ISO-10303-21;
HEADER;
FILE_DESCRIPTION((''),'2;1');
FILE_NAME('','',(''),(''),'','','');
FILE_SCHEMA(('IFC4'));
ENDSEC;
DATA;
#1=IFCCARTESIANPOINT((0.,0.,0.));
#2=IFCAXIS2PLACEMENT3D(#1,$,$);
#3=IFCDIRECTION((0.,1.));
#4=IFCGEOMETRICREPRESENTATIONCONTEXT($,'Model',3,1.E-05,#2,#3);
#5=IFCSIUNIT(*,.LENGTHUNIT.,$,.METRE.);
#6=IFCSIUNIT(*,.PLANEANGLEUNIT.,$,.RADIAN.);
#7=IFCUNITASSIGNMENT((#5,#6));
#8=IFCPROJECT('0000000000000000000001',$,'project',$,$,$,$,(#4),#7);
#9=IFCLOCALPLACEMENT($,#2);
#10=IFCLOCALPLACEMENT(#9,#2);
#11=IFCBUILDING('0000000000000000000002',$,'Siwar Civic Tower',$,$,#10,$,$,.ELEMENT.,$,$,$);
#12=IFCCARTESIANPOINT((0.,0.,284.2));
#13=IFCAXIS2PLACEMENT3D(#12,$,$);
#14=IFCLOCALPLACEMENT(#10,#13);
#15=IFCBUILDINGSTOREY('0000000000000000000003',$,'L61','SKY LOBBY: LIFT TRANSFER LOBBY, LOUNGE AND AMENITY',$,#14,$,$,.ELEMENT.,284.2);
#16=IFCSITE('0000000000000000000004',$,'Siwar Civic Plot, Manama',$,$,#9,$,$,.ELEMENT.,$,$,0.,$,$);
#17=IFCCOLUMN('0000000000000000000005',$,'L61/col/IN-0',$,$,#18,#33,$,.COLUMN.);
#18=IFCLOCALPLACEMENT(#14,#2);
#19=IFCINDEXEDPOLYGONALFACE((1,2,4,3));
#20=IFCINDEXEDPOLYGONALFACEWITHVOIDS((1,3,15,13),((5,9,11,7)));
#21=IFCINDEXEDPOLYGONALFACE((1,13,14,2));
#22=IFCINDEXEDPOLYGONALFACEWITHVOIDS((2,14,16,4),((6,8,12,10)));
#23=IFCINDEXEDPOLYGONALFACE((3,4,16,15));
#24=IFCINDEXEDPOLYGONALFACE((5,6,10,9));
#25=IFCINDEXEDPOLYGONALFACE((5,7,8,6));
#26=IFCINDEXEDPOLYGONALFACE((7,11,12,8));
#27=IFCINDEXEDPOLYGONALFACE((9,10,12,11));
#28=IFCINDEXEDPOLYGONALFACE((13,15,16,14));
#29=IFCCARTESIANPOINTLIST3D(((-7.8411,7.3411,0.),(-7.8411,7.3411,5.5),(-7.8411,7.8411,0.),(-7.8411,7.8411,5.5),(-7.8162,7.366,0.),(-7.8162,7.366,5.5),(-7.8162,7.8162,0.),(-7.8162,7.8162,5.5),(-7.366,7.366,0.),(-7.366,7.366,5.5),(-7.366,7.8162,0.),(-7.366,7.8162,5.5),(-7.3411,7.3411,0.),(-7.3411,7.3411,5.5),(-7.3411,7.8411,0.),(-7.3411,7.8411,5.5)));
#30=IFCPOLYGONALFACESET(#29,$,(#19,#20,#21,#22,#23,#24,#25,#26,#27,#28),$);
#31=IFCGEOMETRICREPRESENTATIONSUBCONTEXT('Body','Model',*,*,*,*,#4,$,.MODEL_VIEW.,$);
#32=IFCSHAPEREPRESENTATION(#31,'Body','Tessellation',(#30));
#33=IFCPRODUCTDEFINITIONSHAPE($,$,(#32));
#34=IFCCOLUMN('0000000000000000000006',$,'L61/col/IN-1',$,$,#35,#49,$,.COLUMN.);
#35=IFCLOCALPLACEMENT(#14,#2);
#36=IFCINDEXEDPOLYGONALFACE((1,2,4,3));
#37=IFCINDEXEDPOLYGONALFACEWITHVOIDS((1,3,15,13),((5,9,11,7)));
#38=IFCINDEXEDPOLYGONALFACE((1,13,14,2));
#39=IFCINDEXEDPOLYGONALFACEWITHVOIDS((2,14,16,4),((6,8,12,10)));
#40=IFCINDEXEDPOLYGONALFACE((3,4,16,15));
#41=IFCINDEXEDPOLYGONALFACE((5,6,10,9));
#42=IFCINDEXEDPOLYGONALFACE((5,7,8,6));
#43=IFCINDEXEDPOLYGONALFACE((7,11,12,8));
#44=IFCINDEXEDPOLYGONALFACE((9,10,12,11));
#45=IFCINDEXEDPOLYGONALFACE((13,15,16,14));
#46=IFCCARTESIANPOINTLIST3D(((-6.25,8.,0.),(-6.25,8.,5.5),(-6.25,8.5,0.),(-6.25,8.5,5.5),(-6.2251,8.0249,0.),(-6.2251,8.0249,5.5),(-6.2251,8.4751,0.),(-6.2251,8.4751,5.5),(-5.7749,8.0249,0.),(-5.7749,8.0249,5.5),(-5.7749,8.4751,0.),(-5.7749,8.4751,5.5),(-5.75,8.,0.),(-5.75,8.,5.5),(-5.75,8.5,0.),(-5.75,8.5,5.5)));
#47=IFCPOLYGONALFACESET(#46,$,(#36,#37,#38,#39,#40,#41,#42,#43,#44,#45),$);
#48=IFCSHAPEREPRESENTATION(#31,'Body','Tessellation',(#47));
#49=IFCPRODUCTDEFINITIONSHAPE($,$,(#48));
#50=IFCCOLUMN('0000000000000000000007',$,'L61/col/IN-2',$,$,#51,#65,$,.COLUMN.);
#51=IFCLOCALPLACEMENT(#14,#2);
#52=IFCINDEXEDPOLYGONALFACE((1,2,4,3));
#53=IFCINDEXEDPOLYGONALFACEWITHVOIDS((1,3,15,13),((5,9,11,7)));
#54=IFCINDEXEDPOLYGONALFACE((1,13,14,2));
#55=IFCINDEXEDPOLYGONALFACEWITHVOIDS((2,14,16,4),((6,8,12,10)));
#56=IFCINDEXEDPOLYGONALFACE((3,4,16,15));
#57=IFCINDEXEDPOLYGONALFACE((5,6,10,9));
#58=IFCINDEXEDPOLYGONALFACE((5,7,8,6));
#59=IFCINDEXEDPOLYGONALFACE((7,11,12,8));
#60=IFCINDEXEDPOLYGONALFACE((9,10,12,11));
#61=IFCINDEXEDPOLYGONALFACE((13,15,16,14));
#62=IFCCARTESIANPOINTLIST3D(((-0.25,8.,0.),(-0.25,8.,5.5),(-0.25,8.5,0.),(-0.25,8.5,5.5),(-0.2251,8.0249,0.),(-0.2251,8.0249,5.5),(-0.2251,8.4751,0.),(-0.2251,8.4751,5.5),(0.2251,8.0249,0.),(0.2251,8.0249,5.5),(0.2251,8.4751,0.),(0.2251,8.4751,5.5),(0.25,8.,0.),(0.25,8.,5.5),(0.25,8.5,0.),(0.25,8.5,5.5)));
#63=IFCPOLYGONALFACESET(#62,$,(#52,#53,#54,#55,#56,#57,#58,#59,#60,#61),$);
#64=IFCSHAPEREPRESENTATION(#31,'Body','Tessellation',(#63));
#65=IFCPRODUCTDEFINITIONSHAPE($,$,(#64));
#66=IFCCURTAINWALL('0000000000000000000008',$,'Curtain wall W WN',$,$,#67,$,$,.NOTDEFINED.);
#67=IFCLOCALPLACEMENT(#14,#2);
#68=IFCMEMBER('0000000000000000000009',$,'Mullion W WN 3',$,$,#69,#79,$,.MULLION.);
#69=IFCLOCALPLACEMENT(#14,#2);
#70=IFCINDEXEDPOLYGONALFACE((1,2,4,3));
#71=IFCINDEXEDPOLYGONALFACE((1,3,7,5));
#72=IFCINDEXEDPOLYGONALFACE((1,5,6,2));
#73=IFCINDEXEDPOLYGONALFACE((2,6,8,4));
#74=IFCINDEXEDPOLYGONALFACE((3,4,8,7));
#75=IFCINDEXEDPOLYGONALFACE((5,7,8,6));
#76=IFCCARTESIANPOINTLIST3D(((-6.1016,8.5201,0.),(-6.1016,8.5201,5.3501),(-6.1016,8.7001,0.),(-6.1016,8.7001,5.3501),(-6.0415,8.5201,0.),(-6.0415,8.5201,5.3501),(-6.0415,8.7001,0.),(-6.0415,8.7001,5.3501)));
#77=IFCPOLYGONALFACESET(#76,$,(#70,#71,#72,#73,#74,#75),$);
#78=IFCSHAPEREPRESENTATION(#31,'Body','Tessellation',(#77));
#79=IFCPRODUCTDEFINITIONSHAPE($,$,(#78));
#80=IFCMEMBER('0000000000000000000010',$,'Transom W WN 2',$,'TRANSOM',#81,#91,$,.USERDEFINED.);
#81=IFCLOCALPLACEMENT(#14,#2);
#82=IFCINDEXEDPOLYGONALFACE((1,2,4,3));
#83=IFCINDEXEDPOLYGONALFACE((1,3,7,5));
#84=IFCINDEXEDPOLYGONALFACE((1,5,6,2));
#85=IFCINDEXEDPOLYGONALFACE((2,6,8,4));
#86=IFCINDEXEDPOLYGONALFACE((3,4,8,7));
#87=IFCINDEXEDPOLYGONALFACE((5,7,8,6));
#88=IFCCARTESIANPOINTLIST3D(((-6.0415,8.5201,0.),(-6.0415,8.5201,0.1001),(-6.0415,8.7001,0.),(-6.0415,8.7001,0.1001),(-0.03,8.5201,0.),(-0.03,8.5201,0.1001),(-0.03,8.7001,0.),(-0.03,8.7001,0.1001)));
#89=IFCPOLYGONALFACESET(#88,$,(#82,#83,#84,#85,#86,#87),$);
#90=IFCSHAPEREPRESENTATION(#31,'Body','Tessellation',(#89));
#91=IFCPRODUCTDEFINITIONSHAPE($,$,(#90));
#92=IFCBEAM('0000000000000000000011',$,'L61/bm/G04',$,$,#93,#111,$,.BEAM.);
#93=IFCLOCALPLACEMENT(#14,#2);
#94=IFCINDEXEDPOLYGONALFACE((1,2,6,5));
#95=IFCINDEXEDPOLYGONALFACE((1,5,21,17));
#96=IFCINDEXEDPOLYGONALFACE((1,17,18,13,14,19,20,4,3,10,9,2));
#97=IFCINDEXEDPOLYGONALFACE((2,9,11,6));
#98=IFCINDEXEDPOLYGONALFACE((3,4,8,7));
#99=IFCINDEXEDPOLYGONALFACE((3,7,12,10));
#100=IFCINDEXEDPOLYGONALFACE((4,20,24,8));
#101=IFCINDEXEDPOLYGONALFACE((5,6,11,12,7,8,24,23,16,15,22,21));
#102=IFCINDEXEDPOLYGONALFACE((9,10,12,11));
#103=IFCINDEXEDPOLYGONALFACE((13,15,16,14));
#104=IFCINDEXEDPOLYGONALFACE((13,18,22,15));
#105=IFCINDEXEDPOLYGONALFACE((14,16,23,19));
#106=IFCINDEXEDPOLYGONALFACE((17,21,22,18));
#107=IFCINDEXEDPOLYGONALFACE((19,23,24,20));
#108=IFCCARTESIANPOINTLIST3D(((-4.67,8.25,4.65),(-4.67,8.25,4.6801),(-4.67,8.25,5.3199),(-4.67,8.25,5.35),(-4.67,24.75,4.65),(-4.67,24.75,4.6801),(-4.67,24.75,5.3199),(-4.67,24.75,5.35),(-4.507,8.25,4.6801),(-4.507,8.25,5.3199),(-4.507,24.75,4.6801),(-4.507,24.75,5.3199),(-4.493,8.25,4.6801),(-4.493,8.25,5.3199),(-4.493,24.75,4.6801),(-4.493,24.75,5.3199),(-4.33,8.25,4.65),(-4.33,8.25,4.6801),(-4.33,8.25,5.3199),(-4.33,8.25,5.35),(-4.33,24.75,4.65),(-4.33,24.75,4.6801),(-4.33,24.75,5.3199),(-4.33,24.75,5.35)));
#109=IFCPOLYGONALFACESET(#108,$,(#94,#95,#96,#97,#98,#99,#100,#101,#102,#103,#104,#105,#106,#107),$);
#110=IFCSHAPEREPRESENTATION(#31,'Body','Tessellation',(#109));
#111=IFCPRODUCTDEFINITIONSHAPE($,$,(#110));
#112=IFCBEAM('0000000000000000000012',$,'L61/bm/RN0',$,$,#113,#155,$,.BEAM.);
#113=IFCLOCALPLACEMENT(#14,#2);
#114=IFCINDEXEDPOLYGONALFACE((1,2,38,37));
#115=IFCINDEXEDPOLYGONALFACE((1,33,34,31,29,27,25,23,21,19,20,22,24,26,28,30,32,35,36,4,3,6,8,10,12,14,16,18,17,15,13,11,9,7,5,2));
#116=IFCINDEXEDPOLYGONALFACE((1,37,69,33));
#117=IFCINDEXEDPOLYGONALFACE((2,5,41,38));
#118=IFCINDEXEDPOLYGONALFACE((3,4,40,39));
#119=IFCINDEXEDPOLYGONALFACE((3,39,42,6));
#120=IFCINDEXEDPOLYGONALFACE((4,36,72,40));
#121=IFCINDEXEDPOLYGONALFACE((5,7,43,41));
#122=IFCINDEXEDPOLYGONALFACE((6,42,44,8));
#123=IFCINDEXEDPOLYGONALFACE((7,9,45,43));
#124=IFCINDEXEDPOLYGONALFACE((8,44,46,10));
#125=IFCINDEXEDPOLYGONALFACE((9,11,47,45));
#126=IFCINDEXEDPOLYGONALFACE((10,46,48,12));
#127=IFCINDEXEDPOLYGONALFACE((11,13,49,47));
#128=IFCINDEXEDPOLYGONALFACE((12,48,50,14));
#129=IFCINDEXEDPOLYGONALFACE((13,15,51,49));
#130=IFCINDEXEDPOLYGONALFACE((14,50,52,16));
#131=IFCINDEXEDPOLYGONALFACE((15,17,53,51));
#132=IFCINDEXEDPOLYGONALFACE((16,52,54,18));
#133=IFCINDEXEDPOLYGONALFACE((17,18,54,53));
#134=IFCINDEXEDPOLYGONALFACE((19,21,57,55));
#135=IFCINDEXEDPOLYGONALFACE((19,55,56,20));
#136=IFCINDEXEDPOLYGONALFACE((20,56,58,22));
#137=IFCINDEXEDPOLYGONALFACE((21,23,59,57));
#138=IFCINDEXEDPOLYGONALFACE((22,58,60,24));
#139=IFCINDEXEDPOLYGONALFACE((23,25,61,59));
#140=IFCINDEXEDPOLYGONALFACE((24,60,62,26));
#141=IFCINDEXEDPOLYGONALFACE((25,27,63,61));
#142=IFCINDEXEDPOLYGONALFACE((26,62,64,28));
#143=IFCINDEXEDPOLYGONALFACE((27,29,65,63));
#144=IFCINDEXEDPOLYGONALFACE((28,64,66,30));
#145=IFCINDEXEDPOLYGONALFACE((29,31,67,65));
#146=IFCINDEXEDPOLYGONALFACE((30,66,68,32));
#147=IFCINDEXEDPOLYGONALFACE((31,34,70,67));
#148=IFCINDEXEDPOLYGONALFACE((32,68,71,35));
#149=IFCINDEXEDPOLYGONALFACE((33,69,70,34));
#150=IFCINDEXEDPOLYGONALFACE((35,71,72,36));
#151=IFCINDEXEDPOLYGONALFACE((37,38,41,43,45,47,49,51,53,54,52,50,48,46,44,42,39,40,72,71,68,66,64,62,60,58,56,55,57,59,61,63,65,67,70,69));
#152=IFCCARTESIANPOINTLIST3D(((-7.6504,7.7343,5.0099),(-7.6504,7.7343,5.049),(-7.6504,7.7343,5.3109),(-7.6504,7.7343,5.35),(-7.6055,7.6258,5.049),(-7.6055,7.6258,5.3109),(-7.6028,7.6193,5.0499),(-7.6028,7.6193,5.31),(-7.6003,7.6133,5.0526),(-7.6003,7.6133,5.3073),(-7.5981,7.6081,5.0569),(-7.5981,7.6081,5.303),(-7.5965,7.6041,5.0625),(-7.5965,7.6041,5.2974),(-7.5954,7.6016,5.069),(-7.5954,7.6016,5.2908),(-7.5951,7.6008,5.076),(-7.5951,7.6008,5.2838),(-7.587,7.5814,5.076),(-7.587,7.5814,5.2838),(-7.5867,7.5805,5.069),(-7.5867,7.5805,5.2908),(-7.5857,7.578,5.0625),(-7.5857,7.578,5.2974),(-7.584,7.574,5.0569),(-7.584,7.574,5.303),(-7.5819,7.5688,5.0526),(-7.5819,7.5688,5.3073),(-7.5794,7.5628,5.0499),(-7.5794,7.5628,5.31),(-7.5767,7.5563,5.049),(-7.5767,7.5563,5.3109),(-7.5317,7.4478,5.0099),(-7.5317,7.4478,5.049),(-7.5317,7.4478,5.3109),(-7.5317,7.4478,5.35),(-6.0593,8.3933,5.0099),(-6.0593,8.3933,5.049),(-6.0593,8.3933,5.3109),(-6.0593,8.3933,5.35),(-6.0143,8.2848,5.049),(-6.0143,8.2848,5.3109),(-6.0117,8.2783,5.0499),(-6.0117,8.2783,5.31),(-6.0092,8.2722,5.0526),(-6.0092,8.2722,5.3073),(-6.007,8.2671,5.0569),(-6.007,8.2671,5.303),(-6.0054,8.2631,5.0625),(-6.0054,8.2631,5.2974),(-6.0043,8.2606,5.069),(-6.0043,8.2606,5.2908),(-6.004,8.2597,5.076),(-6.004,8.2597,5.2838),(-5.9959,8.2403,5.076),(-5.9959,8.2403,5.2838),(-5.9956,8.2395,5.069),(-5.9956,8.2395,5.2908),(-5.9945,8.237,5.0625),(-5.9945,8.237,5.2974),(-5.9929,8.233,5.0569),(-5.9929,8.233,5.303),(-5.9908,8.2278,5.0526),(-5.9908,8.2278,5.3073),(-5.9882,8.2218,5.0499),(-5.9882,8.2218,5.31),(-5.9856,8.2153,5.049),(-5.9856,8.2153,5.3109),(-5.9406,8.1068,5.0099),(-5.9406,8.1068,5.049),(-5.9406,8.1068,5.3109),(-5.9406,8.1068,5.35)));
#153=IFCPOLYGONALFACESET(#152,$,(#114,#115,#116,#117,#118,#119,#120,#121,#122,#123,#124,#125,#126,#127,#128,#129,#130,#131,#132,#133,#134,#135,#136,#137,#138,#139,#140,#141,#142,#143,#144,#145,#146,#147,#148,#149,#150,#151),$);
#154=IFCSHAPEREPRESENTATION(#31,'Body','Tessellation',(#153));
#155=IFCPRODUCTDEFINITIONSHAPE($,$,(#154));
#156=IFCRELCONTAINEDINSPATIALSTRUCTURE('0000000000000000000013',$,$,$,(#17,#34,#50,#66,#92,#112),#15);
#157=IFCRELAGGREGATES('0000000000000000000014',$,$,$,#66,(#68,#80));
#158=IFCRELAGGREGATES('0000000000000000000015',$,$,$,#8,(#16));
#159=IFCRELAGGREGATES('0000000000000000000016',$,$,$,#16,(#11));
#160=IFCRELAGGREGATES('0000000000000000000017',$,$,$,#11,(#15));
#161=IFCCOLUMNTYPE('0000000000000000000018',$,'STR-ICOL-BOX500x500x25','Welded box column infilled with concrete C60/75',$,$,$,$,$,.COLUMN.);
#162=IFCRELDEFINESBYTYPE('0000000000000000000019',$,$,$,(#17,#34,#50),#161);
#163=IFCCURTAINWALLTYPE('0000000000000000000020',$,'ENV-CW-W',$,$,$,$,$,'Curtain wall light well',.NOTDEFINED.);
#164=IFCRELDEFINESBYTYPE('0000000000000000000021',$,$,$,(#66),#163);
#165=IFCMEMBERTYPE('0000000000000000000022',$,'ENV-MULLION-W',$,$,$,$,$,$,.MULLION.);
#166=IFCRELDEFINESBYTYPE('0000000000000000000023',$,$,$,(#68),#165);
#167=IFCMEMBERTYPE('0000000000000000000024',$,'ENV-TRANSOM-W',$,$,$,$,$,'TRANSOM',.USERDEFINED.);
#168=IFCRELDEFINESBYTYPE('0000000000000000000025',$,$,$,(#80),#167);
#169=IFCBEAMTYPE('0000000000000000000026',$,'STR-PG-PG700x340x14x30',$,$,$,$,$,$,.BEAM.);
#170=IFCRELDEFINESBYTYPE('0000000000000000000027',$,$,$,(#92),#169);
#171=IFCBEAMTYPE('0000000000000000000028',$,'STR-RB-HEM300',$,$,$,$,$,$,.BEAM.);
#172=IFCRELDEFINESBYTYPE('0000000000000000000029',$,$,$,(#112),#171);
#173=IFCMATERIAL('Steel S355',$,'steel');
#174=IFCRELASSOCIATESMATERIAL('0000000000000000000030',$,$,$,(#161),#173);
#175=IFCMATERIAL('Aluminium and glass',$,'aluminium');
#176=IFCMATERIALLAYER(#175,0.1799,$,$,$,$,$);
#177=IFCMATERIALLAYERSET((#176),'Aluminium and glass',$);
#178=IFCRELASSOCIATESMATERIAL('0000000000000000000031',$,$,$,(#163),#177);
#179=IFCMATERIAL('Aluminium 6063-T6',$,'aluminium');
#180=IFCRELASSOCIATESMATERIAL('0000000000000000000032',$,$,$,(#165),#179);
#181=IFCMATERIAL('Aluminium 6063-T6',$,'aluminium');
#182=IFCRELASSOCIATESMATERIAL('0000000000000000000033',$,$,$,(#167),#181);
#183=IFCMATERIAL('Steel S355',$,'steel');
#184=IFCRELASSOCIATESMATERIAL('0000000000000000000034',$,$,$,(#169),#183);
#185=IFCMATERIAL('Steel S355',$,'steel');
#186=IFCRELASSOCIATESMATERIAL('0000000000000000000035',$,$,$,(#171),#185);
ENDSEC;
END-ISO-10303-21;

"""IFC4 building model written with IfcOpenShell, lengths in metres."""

from ifc_helpers import new_model, si_unit, direction, frame, origin, origin_2d, place, context, subcontext, project, spatial, rectangle, hollow_rectangle, i_section, extrude, material, layer, layer_set, material_profile, profile_set, type_object, element, aggregate, save


model = new_model("IFC4")

# Units and contexts
model_context = context("Model", 3, precision=1e-05, world=origin(), true_north=direction((0.0, 1.0)))
body_context = subcontext(model_context, "Body", "Model", "MODEL_VIEW")
ifc_project = project(units=[si_unit("LENGTHUNIT", "METRE"), si_unit("PLANEANGLEUNIT", "RADIAN")], contexts=[model_context])

# Site, building, storey
site_placement = place(None, origin())
site = spatial("IfcSite", under=ifc_project, at=site_placement, Name="Siwar Civic Plot, Manama", CompositionType="ELEMENT", RefElevation=0.0)
building_placement = place(site_placement, origin())
building = spatial("IfcBuilding", under=site, at=building_placement, Name="Siwar Civic Tower", CompositionType="ELEMENT")
storey_placement = place(building_placement, frame((0.0, 0.0, 284.2)))
storey = spatial("IfcBuildingStorey", under=building, at=storey_placement, Name="L61", Description="SKY LOBBY: LIFT TRANSFER LOBBY, LOUNGE AND AMENITY", CompositionType="ELEMENT", Elevation=284.2)

# Columns
ifc_material_1 = material(Name="Steel S355", Category="steel")
ifc_material_profile_1 = material_profile(ifc_material_1, hollow_rectangle(XDim=0.5, YDim=0.5, WallThickness=0.0249, at=origin_2d()), Name="BOX500x500x25")
ifc_profile_set_1 = profile_set([ifc_material_profile_1], Name="Steel S355")
column_type = type_object("IfcColumnType", Name="STR-ICOL-BOX500x500x25", Description="Welded box column infilled with concrete C60/75", PredefinedType="COLUMN", material=ifc_profile_set_1)
for number, where, z_axis, x_axis, name in (
    (1, (-7.5911, 7.5911, 0.0), (0.0, 0.0, 1.0), (1.0, 0.0, 0.0), "L61/col/IN-0"),
    (2, (-6.0, 8.25, 0.0), (0.0, 0.0, 1.0), (1.0, 0.0, 0.0), "L61/col/IN-1"),
    (3, (0.0, 8.25, 0.0), (0.0, 0.0, 1.0), (1.0, 0.0, 0.0), "L61/col/IN-2"),
):
    element("IfcColumn", number, at=place(storey_placement, frame(where, z_axis=z_axis, x_axis=x_axis)), inside=storey, type_object=column_type, Name=name, PredefinedType="COLUMN", context=body_context, shape_type="SweptSolid", body=[
        extrude(hollow_rectangle(XDim=0.5, YDim=0.5, WallThickness=0.0249, at=origin_2d()), origin(), (0.0, 0.0, 1.0), 5.5),
    ])

# Curtain wall, members
ifc_material_2 = material(Name="Aluminium and glass", Category="aluminium")
ifc_layer_1 = layer(ifc_material_2, 0.1799)
ifc_layer_set_1 = layer_set([ifc_layer_1], Name="Aluminium and glass")
curtain_wall_type = type_object("IfcCurtainWallType", Name="ENV-CW-W", ElementType="Curtain wall light well", PredefinedType="NOTDEFINED", material=ifc_layer_set_1)
curtain_wall_placement = place(storey_placement, origin())
curtain_wall = element("IfcCurtainWall", 4, at=curtain_wall_placement, inside=storey, type_object=curtain_wall_type, Name="Curtain wall W WN", PredefinedType="NOTDEFINED")
ifc_material_3 = material(Name="Aluminium 6063-T6", Category="aluminium")
ifc_material_profile_2 = material_profile(ifc_material_3, rectangle(XDim=0.1799, YDim=0.0601, at=origin_2d()), Name="AL 180x60")
ifc_profile_set_2 = profile_set([ifc_material_profile_2], Name="Aluminium 6063-T6")
member_type_1 = type_object("IfcMemberType", Name="ENV-MULLION-W", PredefinedType="MULLION", material=ifc_profile_set_2)
member_1_placement = place(storey_placement, frame((-6.0715, 8.6101, 0.0), z_axis=(0.0, 0.0, 1.0), x_axis=(0.0, -1.0, 0.0)))
member_1 = element("IfcMember", 5, at=member_1_placement, type_object=member_type_1, Name="Mullion W WN 3", PredefinedType="MULLION", context=body_context, shape_type="SweptSolid", body=[
    extrude(rectangle(XDim=0.1799, YDim=0.0601, at=origin_2d()), origin(), (0.0, 0.0, 1.0), 5.3501),
])
ifc_material_4 = material(Name="Aluminium 6063-T6", Category="aluminium")
ifc_material_profile_3 = material_profile(ifc_material_4, rectangle(XDim=0.1799, YDim=0.1001, at=origin_2d()), Name="AL 180x100")
ifc_profile_set_3 = profile_set([ifc_material_profile_3], Name="Aluminium 6063-T6")
member_type_2 = type_object("IfcMemberType", Name="ENV-TRANSOM-W", ElementType="TRANSOM", PredefinedType="USERDEFINED", material=ifc_profile_set_3)
member_2_placement = place(storey_placement, frame((-0.03, 8.6101, 0.05), z_axis=(-1.0, 0.0, 0.0), x_axis=(0.0, -1.0, 0.0)))
member_2 = element("IfcMember", 6, at=member_2_placement, type_object=member_type_2, Name="Transom W WN 2", ObjectType="TRANSOM", PredefinedType="USERDEFINED", context=body_context, shape_type="SweptSolid", body=[
    extrude(rectangle(XDim=0.1799, YDim=0.1001, at=origin_2d()), origin(), (0.0, 0.0, 1.0), 6.0115),
])

# Beams
ifc_material_5 = material(Name="Steel S355", Category="steel")
ifc_material_profile_4 = material_profile(ifc_material_5, i_section(OverallWidth=0.3401, OverallDepth=0.7, WebThickness=0.0139, FlangeThickness=0.03, at=origin_2d()), Name="PG700x340x14x30")
ifc_profile_set_4 = profile_set([ifc_material_profile_4], Name="Steel S355")
beam_type_1 = type_object("IfcBeamType", Name="STR-PG-PG700x340x14x30", PredefinedType="BEAM", material=ifc_profile_set_4)
beam_1_placement = place(storey_placement, frame((-4.5, 8.25, 5.0), z_axis=(0.0, 1.0, 0.0), x_axis=(-1.0, 0.0, 0.0)))
element("IfcBeam", 7, at=beam_1_placement, inside=storey, type_object=beam_type_1, Name="L61/bm/G04", PredefinedType="BEAM", context=body_context, shape_type="SweptSolid", body=[
    extrude(i_section(OverallWidth=0.3401, OverallDepth=0.7, WebThickness=0.0139, FlangeThickness=0.03, at=origin_2d()), origin(), (0.0, 0.0, 1.0), 16.5),
])
ifc_material_6 = material(Name="Steel S355", Category="steel")
ifc_material_profile_5 = material_profile(ifc_material_6, i_section(OverallWidth=0.3101, OverallDepth=0.3401, WebThickness=0.021, FlangeThickness=0.0391, FilletRadius=0.0271, at=origin_2d()), Name="HEM300")
ifc_profile_set_5 = profile_set([ifc_material_profile_5], Name="Steel S355")
beam_type_2 = type_object("IfcBeamType", Name="STR-RB-HEM300", PredefinedType="BEAM", material=ifc_profile_set_5)
beam_2_placement = place(storey_placement, frame((-7.5911, 7.5911, 5.1799), z_axis=(0.923901, 0.382631, 0.0), x_axis=(-0.382631, 0.923901, 0.0)))
element("IfcBeam", 8, at=beam_2_placement, inside=storey, type_object=beam_type_2, Name="L61/bm/RN0", PredefinedType="BEAM", context=body_context, shape_type="SweptSolid", body=[
    extrude(i_section(OverallWidth=0.3101, OverallDepth=0.3401, WebThickness=0.021, FlangeThickness=0.0391, FilletRadius=0.0271, at=origin_2d()), origin(), (0.0, 0.0, 1.0), 1.7222),
])

aggregate(curtain_wall, [member_1, member_2])

save(model, "model.ifc")
